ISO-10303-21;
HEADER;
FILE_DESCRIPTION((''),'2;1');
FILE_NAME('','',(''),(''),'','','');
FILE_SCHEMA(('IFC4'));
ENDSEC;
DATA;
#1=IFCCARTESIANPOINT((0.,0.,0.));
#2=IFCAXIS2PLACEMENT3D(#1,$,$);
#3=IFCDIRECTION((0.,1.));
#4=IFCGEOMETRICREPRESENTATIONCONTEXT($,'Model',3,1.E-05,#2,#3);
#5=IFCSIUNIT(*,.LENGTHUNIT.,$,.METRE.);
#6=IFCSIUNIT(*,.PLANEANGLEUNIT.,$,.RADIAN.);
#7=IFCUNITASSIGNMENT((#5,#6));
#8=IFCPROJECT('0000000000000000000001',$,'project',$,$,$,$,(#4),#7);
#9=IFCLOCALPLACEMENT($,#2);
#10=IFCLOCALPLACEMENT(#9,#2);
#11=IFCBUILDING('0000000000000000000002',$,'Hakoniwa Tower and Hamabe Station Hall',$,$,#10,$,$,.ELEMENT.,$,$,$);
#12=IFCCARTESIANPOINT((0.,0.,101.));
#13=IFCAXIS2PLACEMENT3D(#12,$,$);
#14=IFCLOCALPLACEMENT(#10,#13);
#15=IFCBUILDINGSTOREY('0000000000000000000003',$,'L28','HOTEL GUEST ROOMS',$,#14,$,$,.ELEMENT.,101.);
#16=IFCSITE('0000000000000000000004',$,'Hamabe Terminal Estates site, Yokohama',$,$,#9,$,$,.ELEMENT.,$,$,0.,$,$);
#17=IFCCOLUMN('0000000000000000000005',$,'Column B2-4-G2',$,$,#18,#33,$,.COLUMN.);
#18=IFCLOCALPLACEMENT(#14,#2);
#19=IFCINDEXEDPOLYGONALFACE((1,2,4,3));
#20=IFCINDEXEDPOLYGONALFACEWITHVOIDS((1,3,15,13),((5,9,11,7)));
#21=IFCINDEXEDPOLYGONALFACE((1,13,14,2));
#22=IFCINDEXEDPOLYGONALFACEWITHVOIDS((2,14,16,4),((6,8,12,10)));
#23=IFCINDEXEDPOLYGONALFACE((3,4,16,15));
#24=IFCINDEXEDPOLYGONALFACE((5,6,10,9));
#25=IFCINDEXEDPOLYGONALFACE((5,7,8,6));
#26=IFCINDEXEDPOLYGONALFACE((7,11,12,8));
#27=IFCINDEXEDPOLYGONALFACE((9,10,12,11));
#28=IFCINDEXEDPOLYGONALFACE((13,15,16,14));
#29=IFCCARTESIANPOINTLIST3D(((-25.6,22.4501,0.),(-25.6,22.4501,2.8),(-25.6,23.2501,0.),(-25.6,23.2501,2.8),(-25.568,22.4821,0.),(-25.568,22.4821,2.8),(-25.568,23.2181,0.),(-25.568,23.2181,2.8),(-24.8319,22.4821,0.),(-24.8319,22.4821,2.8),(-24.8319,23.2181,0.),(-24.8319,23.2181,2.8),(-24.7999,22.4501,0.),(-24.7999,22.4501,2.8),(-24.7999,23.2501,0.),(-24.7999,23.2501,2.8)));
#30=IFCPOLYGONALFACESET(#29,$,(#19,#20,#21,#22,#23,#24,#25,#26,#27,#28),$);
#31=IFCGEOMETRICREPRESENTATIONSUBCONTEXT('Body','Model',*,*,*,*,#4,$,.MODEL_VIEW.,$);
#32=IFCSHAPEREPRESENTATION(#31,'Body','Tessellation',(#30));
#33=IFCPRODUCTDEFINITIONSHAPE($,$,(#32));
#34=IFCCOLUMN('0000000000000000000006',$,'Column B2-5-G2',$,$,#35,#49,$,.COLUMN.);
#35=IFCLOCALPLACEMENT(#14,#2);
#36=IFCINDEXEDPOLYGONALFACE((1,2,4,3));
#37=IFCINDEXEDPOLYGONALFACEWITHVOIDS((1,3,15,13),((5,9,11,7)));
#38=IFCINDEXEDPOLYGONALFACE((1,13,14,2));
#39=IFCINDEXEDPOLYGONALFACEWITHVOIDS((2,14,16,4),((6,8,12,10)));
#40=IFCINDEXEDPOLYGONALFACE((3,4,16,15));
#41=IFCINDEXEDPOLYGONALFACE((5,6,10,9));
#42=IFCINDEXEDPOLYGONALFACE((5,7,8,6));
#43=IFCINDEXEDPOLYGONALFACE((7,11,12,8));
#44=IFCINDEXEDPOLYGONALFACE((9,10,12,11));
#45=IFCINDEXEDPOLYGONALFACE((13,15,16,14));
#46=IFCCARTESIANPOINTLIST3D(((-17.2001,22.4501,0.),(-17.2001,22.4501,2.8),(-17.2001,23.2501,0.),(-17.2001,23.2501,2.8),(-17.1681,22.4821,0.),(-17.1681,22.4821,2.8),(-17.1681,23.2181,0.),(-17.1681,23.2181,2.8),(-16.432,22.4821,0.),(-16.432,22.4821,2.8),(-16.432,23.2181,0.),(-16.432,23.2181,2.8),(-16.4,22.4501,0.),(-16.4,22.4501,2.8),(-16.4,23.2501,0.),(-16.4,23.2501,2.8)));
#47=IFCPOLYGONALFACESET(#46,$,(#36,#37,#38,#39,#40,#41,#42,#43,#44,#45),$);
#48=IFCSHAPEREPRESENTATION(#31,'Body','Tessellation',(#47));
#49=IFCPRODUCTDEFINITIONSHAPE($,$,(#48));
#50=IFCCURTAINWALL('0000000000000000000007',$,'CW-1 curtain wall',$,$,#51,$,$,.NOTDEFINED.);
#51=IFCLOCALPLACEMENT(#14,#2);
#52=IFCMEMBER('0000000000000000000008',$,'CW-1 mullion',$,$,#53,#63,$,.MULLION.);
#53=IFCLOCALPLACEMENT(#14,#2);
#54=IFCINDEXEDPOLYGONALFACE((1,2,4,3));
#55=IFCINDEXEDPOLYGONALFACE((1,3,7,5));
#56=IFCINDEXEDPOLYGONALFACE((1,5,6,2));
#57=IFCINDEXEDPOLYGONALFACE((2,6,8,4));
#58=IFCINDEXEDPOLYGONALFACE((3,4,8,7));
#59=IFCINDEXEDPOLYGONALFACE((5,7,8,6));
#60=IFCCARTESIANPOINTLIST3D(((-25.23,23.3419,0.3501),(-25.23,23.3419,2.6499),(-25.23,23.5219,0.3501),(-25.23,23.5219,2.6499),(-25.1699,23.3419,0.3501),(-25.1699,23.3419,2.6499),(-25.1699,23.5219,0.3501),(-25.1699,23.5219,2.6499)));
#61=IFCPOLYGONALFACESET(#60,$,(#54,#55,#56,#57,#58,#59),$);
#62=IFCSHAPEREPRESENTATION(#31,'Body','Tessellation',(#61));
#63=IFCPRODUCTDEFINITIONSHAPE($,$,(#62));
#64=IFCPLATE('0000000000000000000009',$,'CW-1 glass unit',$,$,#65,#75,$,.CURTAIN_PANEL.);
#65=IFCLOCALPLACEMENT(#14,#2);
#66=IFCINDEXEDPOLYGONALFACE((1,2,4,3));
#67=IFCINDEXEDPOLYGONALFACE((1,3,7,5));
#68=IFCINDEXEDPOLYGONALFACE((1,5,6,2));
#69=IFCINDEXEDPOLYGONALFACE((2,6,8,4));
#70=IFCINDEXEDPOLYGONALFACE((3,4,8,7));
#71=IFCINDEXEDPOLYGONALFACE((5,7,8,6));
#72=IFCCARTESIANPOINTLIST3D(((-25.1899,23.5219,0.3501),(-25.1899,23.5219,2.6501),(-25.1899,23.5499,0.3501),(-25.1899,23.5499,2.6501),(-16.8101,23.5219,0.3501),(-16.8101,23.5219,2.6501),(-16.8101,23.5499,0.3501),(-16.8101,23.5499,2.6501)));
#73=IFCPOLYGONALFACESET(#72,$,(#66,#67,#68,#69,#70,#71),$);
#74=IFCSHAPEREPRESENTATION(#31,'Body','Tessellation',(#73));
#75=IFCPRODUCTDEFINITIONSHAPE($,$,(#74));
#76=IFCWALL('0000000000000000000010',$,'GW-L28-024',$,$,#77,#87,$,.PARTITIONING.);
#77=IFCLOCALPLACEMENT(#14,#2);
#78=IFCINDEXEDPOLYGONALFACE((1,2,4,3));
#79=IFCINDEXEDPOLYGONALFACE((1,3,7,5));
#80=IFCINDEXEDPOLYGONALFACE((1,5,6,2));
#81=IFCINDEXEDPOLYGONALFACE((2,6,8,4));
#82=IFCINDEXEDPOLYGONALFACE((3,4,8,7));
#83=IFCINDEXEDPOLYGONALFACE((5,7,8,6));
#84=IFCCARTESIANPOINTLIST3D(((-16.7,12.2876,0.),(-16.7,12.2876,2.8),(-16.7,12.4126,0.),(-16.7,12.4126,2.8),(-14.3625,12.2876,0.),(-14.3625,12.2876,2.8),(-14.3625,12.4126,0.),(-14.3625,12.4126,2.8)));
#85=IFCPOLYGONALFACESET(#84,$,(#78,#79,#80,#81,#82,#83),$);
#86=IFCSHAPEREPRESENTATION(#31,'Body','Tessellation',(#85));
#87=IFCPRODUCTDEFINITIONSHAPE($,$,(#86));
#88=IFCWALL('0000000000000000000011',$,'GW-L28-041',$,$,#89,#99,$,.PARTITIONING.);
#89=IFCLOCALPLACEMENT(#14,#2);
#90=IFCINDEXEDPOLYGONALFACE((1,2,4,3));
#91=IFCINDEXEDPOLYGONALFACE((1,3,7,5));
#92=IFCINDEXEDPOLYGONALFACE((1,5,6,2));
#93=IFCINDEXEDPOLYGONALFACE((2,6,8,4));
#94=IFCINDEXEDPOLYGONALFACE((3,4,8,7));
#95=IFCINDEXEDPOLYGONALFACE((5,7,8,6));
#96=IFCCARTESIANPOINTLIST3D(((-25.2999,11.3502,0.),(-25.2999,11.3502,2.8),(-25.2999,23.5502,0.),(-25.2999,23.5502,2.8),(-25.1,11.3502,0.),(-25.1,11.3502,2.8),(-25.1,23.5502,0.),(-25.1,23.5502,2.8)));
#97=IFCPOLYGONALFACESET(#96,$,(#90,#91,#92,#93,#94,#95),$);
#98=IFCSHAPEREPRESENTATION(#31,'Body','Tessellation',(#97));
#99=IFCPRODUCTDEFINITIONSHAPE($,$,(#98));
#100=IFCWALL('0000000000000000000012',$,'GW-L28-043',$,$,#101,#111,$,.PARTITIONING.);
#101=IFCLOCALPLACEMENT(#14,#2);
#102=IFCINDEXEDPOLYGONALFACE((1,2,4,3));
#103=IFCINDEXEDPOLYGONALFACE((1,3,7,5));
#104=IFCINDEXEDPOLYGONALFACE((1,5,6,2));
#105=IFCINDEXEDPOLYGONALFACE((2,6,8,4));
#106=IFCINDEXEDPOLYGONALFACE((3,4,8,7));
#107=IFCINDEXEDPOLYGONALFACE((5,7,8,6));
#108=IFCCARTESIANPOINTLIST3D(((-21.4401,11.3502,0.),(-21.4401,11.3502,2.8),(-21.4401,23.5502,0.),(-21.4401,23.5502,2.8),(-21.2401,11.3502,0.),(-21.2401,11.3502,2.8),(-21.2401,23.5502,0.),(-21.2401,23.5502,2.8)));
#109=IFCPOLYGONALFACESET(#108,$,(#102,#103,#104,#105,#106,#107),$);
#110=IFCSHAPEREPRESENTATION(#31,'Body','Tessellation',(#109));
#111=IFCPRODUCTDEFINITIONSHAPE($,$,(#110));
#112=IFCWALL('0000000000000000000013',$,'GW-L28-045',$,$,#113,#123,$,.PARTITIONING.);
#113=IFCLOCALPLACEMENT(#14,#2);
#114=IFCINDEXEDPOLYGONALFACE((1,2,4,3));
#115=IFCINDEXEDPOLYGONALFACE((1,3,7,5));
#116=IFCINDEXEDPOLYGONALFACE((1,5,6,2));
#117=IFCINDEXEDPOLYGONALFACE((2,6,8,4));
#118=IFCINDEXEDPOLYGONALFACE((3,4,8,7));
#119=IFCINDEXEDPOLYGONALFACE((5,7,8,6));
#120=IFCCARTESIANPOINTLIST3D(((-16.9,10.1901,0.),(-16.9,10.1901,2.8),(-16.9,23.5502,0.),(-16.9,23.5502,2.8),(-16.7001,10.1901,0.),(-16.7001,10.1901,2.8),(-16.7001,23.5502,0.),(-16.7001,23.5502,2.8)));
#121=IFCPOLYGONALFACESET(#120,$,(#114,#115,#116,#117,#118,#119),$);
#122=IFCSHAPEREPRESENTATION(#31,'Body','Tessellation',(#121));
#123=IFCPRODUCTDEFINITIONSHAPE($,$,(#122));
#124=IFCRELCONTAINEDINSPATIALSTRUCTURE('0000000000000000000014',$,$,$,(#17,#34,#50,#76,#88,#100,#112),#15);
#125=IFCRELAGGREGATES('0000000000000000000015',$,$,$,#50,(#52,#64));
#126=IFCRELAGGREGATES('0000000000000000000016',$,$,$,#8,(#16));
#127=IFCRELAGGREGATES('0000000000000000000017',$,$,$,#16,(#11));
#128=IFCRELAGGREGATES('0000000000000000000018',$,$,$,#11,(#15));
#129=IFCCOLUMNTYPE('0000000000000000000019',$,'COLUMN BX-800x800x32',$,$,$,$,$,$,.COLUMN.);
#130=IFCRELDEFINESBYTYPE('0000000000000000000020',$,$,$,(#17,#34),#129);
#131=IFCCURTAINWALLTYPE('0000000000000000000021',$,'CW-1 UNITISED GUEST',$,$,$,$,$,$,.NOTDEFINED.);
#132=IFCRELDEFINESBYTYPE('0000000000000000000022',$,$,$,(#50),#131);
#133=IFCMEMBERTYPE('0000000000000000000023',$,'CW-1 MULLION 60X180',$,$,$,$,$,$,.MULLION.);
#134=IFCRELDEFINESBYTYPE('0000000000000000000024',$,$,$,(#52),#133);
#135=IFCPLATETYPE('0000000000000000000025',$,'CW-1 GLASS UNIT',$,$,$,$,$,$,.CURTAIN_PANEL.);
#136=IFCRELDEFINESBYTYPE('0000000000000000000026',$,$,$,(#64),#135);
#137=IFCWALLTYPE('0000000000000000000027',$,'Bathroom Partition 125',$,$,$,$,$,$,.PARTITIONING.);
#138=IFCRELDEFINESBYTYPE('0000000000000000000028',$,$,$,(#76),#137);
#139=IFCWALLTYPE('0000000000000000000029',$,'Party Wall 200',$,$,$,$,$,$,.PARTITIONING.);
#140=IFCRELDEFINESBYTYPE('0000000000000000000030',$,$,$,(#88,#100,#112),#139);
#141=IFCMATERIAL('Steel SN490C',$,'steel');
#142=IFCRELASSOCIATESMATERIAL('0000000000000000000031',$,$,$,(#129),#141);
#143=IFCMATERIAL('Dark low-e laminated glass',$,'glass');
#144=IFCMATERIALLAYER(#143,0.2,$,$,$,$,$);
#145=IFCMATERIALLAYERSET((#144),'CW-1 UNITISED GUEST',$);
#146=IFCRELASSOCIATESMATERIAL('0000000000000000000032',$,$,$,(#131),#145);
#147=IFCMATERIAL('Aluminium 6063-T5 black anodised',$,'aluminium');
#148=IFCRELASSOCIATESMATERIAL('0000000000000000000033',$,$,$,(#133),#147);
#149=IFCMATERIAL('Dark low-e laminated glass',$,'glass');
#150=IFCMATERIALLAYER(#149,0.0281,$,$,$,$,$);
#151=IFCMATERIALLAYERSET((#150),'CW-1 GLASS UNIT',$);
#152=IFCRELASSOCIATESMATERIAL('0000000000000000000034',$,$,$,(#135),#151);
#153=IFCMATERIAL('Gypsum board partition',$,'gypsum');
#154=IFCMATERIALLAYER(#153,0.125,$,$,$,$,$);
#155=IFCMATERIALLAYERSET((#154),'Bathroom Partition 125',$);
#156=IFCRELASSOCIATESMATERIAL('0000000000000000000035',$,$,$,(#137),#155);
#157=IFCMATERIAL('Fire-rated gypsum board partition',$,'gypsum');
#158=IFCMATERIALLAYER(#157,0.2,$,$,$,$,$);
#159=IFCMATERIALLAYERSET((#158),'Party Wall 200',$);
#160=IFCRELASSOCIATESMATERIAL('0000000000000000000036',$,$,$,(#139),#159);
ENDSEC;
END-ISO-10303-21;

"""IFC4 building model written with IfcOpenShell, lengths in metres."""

from ifc_helpers import new_model, si_unit, direction, frame, frame_2d, origin, origin_2d, place, context, subcontext, project, spatial, rectangle, hollow_rectangle, extrude, material, layer, layer_set, material_profile, profile_set, type_object, element, aggregate, save


model = new_model("IFC4")

# Units and contexts
model_context = context("Model", 3, precision=1e-05, world=origin(), true_north=direction((0.0, 1.0)))
body_context = subcontext(model_context, "Body", "Model", "MODEL_VIEW")
ifc_project = project(units=[si_unit("LENGTHUNIT", "METRE"), si_unit("PLANEANGLEUNIT", "RADIAN")], contexts=[model_context])

# Site, building, storey
site_placement = place(None, origin())
site = spatial("IfcSite", under=ifc_project, at=site_placement, Name="Hamabe Terminal Estates site, Yokohama", CompositionType="ELEMENT", RefElevation=0.0)
building_placement = place(site_placement, origin())
building = spatial("IfcBuilding", under=site, at=building_placement, Name="Hakoniwa Tower and Hamabe Station Hall", CompositionType="ELEMENT")
storey_placement = place(building_placement, frame((0.0, 0.0, 101.0)))
storey = spatial("IfcBuildingStorey", under=building, at=storey_placement, Name="L28", Description="HOTEL GUEST ROOMS", CompositionType="ELEMENT", Elevation=101.0)

# Columns
ifc_material_1 = material(Name="Steel SN490C", Category="steel")
ifc_material_profile_1 = material_profile(ifc_material_1, hollow_rectangle(XDim=0.8, YDim=0.8, WallThickness=0.032, at=origin_2d()), Name="BX-800x800x32")
ifc_profile_set_1 = profile_set([ifc_material_profile_1], Name="Steel SN490C")
column_type = type_object("IfcColumnType", Name="COLUMN BX-800x800x32", PredefinedType="COLUMN", material=ifc_profile_set_1)
for number, where, z_axis, x_axis, name in (
    (1, (-25.2, 22.8501, 0.0), (0.0, 0.0, 1.0), (1.0, 0.0, 0.0), "Column B2-4-G2"),
    (2, (-16.8, 22.8501, 0.0), (0.0, 0.0, 1.0), (1.0, 0.0, 0.0), "Column B2-5-G2"),
):
    element("IfcColumn", number, at=place(storey_placement, frame(where, z_axis=z_axis, x_axis=x_axis)), inside=storey, type_object=column_type, Name=name, PredefinedType="COLUMN", context=body_context, shape_type="SweptSolid", body=[
        extrude(hollow_rectangle(XDim=0.8, YDim=0.8, WallThickness=0.032, at=origin_2d()), origin(), (0.0, 0.0, 1.0), 2.8),
    ])

# Curtain wall, member, plate
ifc_material_2 = material(Name="Dark low-e laminated glass", Category="glass")
ifc_layer_1 = layer(ifc_material_2, 0.2)
ifc_layer_set_1 = layer_set([ifc_layer_1], Name="CW-1 UNITISED GUEST")
curtain_wall_type = type_object("IfcCurtainWallType", Name="CW-1 UNITISED GUEST", PredefinedType="NOTDEFINED", material=ifc_layer_set_1)
curtain_wall_placement = place(storey_placement, origin())
curtain_wall = element("IfcCurtainWall", 3, at=curtain_wall_placement, inside=storey, type_object=curtain_wall_type, Name="CW-1 curtain wall", PredefinedType="NOTDEFINED")
ifc_material_3 = material(Name="Aluminium 6063-T5 black anodised", Category="aluminium")
ifc_material_profile_2 = material_profile(ifc_material_3, rectangle(XDim=0.0601, YDim=0.1799, at=origin_2d()), Name="CW-1 MULLION 60X180")
ifc_profile_set_2 = profile_set([ifc_material_profile_2], Name="Aluminium 6063-T5 black anodised")
member_type = type_object("IfcMemberType", Name="CW-1 MULLION 60X180", PredefinedType="MULLION", material=ifc_profile_set_2)
member_placement = place(storey_placement, frame((-25.2, 23.4319, 0.3501), z_axis=(0.0, 0.0, 1.0), x_axis=(-1.0, 0.0, 0.0)))
member = element("IfcMember", 4, at=member_placement, type_object=member_type, Name="CW-1 mullion", PredefinedType="MULLION", context=body_context, shape_type="SweptSolid", body=[
    extrude(rectangle(XDim=0.0601, YDim=0.1799, at=origin_2d()), origin(), (0.0, 0.0, 1.0), 2.2998),
])
ifc_material_4 = material(Name="Dark low-e laminated glass", Category="glass")
ifc_layer_2 = layer(ifc_material_4, 0.0281)
ifc_layer_set_2 = layer_set([ifc_layer_2], Name="CW-1 GLASS UNIT")
plate_type = type_object("IfcPlateType", Name="CW-1 GLASS UNIT", PredefinedType="CURTAIN_PANEL", material=ifc_layer_set_2)
plate_placement = place(storey_placement, frame((-21.0, 23.5359, 0.3501), z_axis=(0.0, 0.0, 1.0), x_axis=(-1.0, 0.0, 0.0)))
plate = element("IfcPlate", 5, at=plate_placement, type_object=plate_type, Name="CW-1 glass unit", PredefinedType="CURTAIN_PANEL", context=body_context, shape_type="SweptSolid", body=[
    extrude(rectangle(XDim=8.3799, YDim=0.0281, at=origin_2d()), origin(), (0.0, 0.0, 1.0), 2.3),
])
aggregate(curtain_wall, [member, plate])

# Walls
ifc_material_5 = material(Name="Gypsum board partition", Category="gypsum")
ifc_layer_3 = layer(ifc_material_5, 0.125)
ifc_layer_set_3 = layer_set([ifc_layer_3], Name="Bathroom Partition 125")
wall_type_1 = type_object("IfcWallType", Name="Bathroom Partition 125", PredefinedType="PARTITIONING", material=ifc_layer_set_3)
wall_1_placement = place(storey_placement, frame((-16.7, 12.3501, 0.0), z_axis=(0.0, 0.0, 1.0), x_axis=(1.0, 0.0, 0.0)))
element("IfcWall", 6, at=wall_1_placement, inside=storey, type_object=wall_type_1, Name="GW-L28-024", PredefinedType="PARTITIONING", context=body_context, shape_type="SweptSolid", body=[
    extrude(rectangle(XDim=2.3374, YDim=0.125, at=frame_2d((1.1687, 0.0))), origin(), (0.0, 0.0, 1.0), 2.8),
])
ifc_material_6 = material(Name="Fire-rated gypsum board partition", Category="gypsum")
ifc_layer_4 = layer(ifc_material_6, 0.2)
ifc_layer_set_4 = layer_set([ifc_layer_4], Name="Party Wall 200")
wall_type_2 = type_object("IfcWallType", Name="Party Wall 200", PredefinedType="PARTITIONING", material=ifc_layer_set_4)
for number, where, z_axis, x_axis, name in (
    (7, (-25.2, 11.3501, 0.0), (0.0, 0.0, 1.0), (0.0, 1.0, 0.0), "GW-L28-041"),
    (8, (-21.3401, 11.3501, 0.0), (0.0, 0.0, 1.0), (0.0, 1.0, 0.0), "GW-L28-043"),
):
    element("IfcWall", number, at=place(storey_placement, frame(where, z_axis=z_axis, x_axis=x_axis)), inside=storey, type_object=wall_type_2, Name=name, PredefinedType="PARTITIONING", context=body_context, shape_type="SweptSolid", body=[
        extrude(rectangle(XDim=12.2, YDim=0.2, at=frame_2d((6.1001, 0.0))), origin(), (0.0, 0.0, 1.0), 2.8),
    ])
wall_2_placement = place(storey_placement, frame((-16.8, 10.1899, 0.0), z_axis=(0.0, 0.0, 1.0), x_axis=(0.0, 1.0, 0.0)))
element("IfcWall", 9, at=wall_2_placement, inside=storey, type_object=wall_type_2, Name="GW-L28-045", PredefinedType="PARTITIONING", context=body_context, shape_type="SweptSolid", body=[
    extrude(rectangle(XDim=13.3601, YDim=0.2, at=frame_2d((6.6802, 0.0))), origin(), (0.0, 0.0, 1.0), 2.8),
])

save(model, "model.ifc")
